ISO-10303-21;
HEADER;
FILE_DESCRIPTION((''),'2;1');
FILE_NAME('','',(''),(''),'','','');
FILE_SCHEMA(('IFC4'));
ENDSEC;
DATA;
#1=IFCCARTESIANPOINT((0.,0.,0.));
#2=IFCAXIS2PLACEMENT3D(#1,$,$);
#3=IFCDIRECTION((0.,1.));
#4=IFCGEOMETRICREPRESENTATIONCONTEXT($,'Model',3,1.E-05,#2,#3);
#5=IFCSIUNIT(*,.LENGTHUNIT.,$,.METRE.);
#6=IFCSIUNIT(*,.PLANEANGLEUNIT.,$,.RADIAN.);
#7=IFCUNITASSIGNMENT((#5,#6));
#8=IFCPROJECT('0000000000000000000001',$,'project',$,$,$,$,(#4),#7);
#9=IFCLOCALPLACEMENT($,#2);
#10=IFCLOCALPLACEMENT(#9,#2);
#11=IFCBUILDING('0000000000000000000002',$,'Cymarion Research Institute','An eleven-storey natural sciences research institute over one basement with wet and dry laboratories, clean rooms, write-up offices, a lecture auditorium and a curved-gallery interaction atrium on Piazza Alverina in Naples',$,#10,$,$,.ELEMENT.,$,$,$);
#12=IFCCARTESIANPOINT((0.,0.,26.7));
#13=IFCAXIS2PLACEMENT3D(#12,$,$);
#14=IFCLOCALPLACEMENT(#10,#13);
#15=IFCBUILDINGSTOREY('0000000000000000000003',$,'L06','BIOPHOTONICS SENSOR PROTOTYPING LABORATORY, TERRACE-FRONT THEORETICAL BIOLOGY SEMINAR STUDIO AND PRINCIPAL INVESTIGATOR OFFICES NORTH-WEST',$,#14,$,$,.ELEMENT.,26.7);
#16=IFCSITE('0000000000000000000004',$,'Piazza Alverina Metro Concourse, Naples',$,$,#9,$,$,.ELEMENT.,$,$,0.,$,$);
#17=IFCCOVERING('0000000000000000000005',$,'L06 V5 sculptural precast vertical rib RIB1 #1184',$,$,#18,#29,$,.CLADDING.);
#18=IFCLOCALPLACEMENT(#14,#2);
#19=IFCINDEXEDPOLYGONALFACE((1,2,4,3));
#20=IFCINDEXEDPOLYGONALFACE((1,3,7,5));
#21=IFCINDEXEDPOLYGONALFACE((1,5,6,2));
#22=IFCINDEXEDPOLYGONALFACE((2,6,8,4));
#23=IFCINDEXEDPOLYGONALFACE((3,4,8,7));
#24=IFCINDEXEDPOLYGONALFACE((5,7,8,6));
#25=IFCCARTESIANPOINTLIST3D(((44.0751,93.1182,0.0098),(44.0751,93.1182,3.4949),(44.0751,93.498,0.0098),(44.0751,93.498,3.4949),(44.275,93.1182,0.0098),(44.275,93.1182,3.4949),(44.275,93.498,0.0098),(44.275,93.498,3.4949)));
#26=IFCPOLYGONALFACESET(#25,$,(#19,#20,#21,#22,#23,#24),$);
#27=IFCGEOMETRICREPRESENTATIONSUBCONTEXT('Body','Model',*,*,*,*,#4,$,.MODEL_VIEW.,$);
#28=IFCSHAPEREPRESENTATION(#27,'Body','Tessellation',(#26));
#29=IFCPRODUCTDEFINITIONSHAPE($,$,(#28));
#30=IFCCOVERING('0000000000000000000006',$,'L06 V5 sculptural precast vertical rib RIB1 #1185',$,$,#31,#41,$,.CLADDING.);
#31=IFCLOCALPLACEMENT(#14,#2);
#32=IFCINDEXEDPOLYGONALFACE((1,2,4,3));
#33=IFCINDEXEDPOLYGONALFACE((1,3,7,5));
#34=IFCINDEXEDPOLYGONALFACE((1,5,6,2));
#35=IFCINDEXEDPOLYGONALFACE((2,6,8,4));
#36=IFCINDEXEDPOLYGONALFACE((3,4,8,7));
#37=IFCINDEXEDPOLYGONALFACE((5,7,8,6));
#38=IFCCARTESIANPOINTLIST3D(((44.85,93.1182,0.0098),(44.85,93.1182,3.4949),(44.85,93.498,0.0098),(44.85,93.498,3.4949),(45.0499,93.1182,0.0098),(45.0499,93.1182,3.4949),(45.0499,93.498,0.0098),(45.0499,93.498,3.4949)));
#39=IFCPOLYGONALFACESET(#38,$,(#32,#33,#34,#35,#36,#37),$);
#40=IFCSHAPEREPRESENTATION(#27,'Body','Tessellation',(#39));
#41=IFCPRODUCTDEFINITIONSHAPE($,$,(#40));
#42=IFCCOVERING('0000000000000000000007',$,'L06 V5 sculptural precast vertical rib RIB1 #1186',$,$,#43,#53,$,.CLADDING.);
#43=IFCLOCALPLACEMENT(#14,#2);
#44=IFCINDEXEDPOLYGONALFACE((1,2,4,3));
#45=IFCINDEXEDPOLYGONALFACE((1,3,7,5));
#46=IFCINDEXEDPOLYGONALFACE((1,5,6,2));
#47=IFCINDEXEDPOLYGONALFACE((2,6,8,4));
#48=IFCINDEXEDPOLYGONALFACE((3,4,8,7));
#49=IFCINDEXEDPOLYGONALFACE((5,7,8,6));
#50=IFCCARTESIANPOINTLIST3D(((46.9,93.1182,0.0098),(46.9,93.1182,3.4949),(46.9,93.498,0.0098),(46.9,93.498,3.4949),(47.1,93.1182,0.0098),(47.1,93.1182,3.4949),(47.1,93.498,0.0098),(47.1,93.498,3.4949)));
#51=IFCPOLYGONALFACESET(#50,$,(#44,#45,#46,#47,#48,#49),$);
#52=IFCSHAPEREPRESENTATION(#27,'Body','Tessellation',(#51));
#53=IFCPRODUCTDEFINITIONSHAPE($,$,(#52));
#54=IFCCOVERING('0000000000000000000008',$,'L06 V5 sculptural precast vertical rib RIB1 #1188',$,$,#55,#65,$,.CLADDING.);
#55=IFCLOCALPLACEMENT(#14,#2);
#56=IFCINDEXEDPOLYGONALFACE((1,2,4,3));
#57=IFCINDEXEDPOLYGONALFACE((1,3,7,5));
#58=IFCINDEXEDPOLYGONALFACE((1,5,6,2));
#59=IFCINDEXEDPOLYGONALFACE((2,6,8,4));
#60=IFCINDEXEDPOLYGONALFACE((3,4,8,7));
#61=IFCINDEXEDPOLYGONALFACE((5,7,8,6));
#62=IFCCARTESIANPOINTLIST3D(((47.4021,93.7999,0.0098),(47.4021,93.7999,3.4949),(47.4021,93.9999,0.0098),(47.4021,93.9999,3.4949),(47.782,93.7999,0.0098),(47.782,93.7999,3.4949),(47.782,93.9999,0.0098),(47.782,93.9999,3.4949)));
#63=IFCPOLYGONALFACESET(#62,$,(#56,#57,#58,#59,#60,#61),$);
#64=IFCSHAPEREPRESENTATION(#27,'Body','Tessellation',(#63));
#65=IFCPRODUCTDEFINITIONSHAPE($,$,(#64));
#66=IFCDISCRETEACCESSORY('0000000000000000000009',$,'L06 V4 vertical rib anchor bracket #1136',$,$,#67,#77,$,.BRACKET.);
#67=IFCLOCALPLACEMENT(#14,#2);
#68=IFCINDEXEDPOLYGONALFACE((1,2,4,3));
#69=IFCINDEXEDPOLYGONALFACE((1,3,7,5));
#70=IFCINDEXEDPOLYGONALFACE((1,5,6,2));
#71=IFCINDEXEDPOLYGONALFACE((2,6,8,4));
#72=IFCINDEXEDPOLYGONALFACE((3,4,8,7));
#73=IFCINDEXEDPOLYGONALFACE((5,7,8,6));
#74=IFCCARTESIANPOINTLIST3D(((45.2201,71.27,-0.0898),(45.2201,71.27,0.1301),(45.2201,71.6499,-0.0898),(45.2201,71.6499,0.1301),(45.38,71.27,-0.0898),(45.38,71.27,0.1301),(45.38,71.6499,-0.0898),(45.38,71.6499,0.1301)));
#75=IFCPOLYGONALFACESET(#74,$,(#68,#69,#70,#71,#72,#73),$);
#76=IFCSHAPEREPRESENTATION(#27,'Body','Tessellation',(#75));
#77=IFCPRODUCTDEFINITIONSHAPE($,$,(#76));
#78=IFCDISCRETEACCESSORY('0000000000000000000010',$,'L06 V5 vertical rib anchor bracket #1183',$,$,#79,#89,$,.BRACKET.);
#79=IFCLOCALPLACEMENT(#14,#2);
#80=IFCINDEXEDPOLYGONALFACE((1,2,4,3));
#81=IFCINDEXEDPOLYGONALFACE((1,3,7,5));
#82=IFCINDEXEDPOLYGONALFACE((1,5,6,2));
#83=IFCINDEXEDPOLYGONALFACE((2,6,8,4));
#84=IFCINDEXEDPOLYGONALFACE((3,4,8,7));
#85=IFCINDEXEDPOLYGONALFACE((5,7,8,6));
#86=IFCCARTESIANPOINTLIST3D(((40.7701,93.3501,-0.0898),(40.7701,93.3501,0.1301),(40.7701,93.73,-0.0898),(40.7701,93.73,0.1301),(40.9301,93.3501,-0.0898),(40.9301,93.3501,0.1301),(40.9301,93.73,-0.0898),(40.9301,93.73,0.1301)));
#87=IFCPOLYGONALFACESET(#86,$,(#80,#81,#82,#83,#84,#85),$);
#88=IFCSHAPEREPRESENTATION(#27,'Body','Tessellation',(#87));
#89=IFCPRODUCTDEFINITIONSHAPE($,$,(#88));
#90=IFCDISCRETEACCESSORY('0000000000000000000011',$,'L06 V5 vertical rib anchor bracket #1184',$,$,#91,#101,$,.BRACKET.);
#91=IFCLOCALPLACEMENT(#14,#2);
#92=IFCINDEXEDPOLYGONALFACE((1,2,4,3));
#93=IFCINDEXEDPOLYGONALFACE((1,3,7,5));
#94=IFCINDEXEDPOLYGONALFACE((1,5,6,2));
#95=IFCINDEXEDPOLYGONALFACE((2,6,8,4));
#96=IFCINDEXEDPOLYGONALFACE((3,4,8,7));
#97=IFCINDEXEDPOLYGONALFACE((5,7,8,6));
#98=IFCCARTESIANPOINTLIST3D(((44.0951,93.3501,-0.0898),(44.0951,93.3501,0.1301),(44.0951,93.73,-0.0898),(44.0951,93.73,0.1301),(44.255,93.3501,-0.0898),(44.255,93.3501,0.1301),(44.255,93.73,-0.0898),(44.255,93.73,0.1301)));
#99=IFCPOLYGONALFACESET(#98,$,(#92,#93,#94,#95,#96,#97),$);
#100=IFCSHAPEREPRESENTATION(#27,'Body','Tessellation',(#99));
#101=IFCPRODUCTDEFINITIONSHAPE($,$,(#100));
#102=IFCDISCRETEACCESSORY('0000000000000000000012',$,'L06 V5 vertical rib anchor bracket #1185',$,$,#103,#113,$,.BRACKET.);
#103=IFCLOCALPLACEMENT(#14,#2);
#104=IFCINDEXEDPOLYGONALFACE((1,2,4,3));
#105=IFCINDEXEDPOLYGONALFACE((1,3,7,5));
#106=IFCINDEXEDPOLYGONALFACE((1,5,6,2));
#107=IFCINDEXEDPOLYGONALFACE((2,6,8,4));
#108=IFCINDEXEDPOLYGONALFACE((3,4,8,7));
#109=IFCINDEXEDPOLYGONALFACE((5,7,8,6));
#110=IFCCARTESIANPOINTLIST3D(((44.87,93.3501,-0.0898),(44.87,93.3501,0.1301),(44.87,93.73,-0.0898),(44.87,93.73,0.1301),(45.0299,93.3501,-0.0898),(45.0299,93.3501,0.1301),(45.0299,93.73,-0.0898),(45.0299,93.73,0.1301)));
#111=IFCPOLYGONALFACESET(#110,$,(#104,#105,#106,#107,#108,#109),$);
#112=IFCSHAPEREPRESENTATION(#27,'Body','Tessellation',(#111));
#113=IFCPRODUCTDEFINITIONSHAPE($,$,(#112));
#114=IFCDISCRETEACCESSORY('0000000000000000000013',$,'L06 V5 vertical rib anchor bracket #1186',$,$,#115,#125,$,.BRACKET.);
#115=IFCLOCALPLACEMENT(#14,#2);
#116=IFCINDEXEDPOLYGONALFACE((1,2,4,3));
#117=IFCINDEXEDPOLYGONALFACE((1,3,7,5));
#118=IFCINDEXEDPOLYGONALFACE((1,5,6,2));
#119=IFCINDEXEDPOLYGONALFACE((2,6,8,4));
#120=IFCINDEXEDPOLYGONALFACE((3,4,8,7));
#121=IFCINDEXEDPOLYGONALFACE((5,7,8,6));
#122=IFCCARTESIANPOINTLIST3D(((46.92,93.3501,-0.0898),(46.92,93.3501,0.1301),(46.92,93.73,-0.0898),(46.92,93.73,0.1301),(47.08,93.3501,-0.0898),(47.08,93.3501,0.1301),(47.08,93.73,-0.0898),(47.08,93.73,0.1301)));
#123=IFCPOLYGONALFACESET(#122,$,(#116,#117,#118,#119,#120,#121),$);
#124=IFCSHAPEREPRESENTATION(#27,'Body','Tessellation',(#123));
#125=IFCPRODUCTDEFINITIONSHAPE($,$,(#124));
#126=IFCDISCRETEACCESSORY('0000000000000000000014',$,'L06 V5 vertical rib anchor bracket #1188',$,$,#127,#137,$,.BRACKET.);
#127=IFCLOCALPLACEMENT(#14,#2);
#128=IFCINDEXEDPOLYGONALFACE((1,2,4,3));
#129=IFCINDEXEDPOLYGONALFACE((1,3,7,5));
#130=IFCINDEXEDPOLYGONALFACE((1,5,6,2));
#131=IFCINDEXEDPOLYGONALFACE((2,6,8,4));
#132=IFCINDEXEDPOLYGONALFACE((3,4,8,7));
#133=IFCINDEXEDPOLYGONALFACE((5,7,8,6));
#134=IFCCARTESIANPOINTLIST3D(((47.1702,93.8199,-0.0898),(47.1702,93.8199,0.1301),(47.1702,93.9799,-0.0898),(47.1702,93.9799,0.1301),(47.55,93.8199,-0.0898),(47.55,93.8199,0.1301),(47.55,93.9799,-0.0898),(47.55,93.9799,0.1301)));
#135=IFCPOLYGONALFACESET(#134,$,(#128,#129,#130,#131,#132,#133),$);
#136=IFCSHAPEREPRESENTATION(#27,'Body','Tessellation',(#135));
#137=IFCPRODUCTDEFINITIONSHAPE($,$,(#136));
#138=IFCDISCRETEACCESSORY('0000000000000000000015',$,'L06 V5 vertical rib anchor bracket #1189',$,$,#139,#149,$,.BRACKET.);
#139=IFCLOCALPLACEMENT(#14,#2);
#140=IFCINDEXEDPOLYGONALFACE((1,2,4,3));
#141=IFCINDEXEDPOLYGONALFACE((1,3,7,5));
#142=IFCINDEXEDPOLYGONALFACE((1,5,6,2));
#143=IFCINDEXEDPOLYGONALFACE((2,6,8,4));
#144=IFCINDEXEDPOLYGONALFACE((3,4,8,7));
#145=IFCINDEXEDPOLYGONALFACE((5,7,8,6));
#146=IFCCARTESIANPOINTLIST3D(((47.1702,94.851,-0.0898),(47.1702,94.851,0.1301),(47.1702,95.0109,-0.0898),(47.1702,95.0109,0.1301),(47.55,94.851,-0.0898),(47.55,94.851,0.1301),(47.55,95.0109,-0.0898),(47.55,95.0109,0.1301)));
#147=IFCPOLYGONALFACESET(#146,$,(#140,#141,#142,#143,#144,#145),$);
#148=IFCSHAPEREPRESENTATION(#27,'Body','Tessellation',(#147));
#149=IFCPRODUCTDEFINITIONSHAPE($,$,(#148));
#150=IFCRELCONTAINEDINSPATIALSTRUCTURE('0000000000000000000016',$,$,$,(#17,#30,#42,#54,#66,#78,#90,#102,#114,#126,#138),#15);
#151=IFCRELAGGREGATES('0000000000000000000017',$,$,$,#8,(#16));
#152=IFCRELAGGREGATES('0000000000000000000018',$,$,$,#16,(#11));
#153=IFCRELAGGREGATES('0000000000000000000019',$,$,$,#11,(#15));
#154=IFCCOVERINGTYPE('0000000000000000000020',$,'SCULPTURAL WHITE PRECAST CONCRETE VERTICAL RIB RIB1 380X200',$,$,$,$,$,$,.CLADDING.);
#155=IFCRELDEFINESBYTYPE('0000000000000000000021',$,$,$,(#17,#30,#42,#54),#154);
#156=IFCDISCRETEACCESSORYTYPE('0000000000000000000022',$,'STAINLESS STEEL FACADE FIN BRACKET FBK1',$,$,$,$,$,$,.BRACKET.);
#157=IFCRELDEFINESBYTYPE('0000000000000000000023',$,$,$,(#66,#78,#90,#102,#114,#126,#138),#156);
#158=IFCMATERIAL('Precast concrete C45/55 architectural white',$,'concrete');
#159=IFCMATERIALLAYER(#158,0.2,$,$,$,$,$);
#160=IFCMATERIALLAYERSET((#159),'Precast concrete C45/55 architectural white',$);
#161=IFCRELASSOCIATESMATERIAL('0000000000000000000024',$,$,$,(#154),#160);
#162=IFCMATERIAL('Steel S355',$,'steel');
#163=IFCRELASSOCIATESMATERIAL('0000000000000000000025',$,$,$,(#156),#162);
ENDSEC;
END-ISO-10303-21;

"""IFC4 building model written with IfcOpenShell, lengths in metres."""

from ifc_helpers import new_model, si_unit, direction, frame, origin, origin_2d, place, context, subcontext, project, spatial, rectangle, extrude, material, layer, layer_set, type_object, element, save


model = new_model("IFC4")

# Units and contexts
model_context = context("Model", 3, precision=1e-05, world=origin(), true_north=direction((0.0, 1.0)))
body_context = subcontext(model_context, "Body", "Model", "MODEL_VIEW")
ifc_project = project(units=[si_unit("LENGTHUNIT", "METRE"), si_unit("PLANEANGLEUNIT", "RADIAN")], contexts=[model_context])

# Site, building, storey
site_placement = place(None, origin())
site = spatial("IfcSite", under=ifc_project, at=site_placement, Name="Piazza Alverina Metro Concourse, Naples", CompositionType="ELEMENT", RefElevation=0.0)
building_placement = place(site_placement, origin())
building = spatial("IfcBuilding", under=site, at=building_placement, Name="Cymarion Research Institute", Description="An eleven-storey natural sciences research institute over one basement with wet and dry laboratories, clean rooms, write-up offices, a lecture auditorium and a curved-gallery interaction atrium on Piazza Alverina in Naples", CompositionType="ELEMENT")
storey_placement = place(building_placement, frame((0.0, 0.0, 26.7)))
storey = spatial("IfcBuildingStorey", under=building, at=storey_placement, Name="L06", Description="BIOPHOTONICS SENSOR PROTOTYPING LABORATORY, TERRACE-FRONT THEORETICAL BIOLOGY SEMINAR STUDIO AND PRINCIPAL INVESTIGATOR OFFICES NORTH-WEST", CompositionType="ELEMENT", Elevation=26.7)

# Shared definitions
ifc_material_1 = material(Name="Steel S355", Category="steel")

# Coverings
ifc_material_2 = material(Name="Precast concrete C45/55 architectural white", Category="concrete")
ifc_layer_1 = layer(ifc_material_2, 0.2)
ifc_layer_set_1 = layer_set([ifc_layer_1], Name="Precast concrete C45/55 architectural white")
covering_type = type_object("IfcCoveringType", Name="SCULPTURAL WHITE PRECAST CONCRETE VERTICAL RIB RIB1 380X200", PredefinedType="CLADDING", material=ifc_layer_set_1)
for number, where, z_axis, x_axis, name in (
    (1, (44.175, 93.3081, 0.0098), (0.0, 0.0, 1.0), (0.0, -1.0, 0.0), "L06 V5 sculptural precast vertical rib RIB1 #1184"),
    (2, (44.95, 93.3081, 0.0098), (0.0, 0.0, 1.0), (0.0, -1.0, 0.0), "L06 V5 sculptural precast vertical rib RIB1 #1185"),
    (3, (47.0, 93.3081, 0.0098), (0.0, 0.0, 1.0), (0.0, -1.0, 0.0), "L06 V5 sculptural precast vertical rib RIB1 #1186"),
    (4, (47.592, 93.8999, 0.0098), (0.0, 0.0, 1.0), (1.0, 0.0, 0.0), "L06 V5 sculptural precast vertical rib RIB1 #1188"),
):
    element("IfcCovering", number, at=place(storey_placement, frame(where, z_axis=z_axis, x_axis=x_axis)), inside=storey, type_object=covering_type, Name=name, PredefinedType="CLADDING", context=body_context, shape_type="SweptSolid", body=[
        extrude(rectangle(XDim=0.3799, YDim=0.2, at=origin_2d()), origin(), (0.0, 0.0, 1.0), 3.4851),
    ])

# Discrete accessories
discrete_accessory_type = type_object("IfcDiscreteAccessoryType", Name="STAINLESS STEEL FACADE FIN BRACKET FBK1", PredefinedType="BRACKET", material=ifc_material_1)
for number, where, z_axis, x_axis, name in (
    (5, (45.3, 71.46, -0.0898), (0.0, 0.0, 1.0), (0.0, 1.0, 0.0), "L06 V4 vertical rib anchor bracket #1136"),
    (6, (40.8501, 93.54, -0.0898), (0.0, 0.0, 1.0), (0.0, -1.0, 0.0), "L06 V5 vertical rib anchor bracket #1183"),
    (7, (44.175, 93.54, -0.0898), (0.0, 0.0, 1.0), (0.0, -1.0, 0.0), "L06 V5 vertical rib anchor bracket #1184"),
    (8, (44.95, 93.54, -0.0898), (0.0, 0.0, 1.0), (0.0, -1.0, 0.0), "L06 V5 vertical rib anchor bracket #1185"),
    (9, (47.0, 93.54, -0.0898), (0.0, 0.0, 1.0), (0.0, -1.0, 0.0), "L06 V5 vertical rib anchor bracket #1186"),
    (10, (47.3601, 93.8999, -0.0898), (0.0, 0.0, 1.0), (1.0, 0.0, 0.0), "L06 V5 vertical rib anchor bracket #1188"),
    (11, (47.3601, 94.9309, -0.0898), (0.0, 0.0, 1.0), (1.0, 0.0, 0.0), "L06 V5 vertical rib anchor bracket #1189"),
):
    element("IfcDiscreteAccessory", number, at=place(storey_placement, frame(where, z_axis=z_axis, x_axis=x_axis)), inside=storey, type_object=discrete_accessory_type, Name=name, PredefinedType="BRACKET", context=body_context, shape_type="SweptSolid", body=[
        extrude(rectangle(XDim=0.3799, YDim=0.1599, at=origin_2d()), origin(), (0.0, 0.0, 1.0), 0.22),
    ])

save(model, "model.ifc")
